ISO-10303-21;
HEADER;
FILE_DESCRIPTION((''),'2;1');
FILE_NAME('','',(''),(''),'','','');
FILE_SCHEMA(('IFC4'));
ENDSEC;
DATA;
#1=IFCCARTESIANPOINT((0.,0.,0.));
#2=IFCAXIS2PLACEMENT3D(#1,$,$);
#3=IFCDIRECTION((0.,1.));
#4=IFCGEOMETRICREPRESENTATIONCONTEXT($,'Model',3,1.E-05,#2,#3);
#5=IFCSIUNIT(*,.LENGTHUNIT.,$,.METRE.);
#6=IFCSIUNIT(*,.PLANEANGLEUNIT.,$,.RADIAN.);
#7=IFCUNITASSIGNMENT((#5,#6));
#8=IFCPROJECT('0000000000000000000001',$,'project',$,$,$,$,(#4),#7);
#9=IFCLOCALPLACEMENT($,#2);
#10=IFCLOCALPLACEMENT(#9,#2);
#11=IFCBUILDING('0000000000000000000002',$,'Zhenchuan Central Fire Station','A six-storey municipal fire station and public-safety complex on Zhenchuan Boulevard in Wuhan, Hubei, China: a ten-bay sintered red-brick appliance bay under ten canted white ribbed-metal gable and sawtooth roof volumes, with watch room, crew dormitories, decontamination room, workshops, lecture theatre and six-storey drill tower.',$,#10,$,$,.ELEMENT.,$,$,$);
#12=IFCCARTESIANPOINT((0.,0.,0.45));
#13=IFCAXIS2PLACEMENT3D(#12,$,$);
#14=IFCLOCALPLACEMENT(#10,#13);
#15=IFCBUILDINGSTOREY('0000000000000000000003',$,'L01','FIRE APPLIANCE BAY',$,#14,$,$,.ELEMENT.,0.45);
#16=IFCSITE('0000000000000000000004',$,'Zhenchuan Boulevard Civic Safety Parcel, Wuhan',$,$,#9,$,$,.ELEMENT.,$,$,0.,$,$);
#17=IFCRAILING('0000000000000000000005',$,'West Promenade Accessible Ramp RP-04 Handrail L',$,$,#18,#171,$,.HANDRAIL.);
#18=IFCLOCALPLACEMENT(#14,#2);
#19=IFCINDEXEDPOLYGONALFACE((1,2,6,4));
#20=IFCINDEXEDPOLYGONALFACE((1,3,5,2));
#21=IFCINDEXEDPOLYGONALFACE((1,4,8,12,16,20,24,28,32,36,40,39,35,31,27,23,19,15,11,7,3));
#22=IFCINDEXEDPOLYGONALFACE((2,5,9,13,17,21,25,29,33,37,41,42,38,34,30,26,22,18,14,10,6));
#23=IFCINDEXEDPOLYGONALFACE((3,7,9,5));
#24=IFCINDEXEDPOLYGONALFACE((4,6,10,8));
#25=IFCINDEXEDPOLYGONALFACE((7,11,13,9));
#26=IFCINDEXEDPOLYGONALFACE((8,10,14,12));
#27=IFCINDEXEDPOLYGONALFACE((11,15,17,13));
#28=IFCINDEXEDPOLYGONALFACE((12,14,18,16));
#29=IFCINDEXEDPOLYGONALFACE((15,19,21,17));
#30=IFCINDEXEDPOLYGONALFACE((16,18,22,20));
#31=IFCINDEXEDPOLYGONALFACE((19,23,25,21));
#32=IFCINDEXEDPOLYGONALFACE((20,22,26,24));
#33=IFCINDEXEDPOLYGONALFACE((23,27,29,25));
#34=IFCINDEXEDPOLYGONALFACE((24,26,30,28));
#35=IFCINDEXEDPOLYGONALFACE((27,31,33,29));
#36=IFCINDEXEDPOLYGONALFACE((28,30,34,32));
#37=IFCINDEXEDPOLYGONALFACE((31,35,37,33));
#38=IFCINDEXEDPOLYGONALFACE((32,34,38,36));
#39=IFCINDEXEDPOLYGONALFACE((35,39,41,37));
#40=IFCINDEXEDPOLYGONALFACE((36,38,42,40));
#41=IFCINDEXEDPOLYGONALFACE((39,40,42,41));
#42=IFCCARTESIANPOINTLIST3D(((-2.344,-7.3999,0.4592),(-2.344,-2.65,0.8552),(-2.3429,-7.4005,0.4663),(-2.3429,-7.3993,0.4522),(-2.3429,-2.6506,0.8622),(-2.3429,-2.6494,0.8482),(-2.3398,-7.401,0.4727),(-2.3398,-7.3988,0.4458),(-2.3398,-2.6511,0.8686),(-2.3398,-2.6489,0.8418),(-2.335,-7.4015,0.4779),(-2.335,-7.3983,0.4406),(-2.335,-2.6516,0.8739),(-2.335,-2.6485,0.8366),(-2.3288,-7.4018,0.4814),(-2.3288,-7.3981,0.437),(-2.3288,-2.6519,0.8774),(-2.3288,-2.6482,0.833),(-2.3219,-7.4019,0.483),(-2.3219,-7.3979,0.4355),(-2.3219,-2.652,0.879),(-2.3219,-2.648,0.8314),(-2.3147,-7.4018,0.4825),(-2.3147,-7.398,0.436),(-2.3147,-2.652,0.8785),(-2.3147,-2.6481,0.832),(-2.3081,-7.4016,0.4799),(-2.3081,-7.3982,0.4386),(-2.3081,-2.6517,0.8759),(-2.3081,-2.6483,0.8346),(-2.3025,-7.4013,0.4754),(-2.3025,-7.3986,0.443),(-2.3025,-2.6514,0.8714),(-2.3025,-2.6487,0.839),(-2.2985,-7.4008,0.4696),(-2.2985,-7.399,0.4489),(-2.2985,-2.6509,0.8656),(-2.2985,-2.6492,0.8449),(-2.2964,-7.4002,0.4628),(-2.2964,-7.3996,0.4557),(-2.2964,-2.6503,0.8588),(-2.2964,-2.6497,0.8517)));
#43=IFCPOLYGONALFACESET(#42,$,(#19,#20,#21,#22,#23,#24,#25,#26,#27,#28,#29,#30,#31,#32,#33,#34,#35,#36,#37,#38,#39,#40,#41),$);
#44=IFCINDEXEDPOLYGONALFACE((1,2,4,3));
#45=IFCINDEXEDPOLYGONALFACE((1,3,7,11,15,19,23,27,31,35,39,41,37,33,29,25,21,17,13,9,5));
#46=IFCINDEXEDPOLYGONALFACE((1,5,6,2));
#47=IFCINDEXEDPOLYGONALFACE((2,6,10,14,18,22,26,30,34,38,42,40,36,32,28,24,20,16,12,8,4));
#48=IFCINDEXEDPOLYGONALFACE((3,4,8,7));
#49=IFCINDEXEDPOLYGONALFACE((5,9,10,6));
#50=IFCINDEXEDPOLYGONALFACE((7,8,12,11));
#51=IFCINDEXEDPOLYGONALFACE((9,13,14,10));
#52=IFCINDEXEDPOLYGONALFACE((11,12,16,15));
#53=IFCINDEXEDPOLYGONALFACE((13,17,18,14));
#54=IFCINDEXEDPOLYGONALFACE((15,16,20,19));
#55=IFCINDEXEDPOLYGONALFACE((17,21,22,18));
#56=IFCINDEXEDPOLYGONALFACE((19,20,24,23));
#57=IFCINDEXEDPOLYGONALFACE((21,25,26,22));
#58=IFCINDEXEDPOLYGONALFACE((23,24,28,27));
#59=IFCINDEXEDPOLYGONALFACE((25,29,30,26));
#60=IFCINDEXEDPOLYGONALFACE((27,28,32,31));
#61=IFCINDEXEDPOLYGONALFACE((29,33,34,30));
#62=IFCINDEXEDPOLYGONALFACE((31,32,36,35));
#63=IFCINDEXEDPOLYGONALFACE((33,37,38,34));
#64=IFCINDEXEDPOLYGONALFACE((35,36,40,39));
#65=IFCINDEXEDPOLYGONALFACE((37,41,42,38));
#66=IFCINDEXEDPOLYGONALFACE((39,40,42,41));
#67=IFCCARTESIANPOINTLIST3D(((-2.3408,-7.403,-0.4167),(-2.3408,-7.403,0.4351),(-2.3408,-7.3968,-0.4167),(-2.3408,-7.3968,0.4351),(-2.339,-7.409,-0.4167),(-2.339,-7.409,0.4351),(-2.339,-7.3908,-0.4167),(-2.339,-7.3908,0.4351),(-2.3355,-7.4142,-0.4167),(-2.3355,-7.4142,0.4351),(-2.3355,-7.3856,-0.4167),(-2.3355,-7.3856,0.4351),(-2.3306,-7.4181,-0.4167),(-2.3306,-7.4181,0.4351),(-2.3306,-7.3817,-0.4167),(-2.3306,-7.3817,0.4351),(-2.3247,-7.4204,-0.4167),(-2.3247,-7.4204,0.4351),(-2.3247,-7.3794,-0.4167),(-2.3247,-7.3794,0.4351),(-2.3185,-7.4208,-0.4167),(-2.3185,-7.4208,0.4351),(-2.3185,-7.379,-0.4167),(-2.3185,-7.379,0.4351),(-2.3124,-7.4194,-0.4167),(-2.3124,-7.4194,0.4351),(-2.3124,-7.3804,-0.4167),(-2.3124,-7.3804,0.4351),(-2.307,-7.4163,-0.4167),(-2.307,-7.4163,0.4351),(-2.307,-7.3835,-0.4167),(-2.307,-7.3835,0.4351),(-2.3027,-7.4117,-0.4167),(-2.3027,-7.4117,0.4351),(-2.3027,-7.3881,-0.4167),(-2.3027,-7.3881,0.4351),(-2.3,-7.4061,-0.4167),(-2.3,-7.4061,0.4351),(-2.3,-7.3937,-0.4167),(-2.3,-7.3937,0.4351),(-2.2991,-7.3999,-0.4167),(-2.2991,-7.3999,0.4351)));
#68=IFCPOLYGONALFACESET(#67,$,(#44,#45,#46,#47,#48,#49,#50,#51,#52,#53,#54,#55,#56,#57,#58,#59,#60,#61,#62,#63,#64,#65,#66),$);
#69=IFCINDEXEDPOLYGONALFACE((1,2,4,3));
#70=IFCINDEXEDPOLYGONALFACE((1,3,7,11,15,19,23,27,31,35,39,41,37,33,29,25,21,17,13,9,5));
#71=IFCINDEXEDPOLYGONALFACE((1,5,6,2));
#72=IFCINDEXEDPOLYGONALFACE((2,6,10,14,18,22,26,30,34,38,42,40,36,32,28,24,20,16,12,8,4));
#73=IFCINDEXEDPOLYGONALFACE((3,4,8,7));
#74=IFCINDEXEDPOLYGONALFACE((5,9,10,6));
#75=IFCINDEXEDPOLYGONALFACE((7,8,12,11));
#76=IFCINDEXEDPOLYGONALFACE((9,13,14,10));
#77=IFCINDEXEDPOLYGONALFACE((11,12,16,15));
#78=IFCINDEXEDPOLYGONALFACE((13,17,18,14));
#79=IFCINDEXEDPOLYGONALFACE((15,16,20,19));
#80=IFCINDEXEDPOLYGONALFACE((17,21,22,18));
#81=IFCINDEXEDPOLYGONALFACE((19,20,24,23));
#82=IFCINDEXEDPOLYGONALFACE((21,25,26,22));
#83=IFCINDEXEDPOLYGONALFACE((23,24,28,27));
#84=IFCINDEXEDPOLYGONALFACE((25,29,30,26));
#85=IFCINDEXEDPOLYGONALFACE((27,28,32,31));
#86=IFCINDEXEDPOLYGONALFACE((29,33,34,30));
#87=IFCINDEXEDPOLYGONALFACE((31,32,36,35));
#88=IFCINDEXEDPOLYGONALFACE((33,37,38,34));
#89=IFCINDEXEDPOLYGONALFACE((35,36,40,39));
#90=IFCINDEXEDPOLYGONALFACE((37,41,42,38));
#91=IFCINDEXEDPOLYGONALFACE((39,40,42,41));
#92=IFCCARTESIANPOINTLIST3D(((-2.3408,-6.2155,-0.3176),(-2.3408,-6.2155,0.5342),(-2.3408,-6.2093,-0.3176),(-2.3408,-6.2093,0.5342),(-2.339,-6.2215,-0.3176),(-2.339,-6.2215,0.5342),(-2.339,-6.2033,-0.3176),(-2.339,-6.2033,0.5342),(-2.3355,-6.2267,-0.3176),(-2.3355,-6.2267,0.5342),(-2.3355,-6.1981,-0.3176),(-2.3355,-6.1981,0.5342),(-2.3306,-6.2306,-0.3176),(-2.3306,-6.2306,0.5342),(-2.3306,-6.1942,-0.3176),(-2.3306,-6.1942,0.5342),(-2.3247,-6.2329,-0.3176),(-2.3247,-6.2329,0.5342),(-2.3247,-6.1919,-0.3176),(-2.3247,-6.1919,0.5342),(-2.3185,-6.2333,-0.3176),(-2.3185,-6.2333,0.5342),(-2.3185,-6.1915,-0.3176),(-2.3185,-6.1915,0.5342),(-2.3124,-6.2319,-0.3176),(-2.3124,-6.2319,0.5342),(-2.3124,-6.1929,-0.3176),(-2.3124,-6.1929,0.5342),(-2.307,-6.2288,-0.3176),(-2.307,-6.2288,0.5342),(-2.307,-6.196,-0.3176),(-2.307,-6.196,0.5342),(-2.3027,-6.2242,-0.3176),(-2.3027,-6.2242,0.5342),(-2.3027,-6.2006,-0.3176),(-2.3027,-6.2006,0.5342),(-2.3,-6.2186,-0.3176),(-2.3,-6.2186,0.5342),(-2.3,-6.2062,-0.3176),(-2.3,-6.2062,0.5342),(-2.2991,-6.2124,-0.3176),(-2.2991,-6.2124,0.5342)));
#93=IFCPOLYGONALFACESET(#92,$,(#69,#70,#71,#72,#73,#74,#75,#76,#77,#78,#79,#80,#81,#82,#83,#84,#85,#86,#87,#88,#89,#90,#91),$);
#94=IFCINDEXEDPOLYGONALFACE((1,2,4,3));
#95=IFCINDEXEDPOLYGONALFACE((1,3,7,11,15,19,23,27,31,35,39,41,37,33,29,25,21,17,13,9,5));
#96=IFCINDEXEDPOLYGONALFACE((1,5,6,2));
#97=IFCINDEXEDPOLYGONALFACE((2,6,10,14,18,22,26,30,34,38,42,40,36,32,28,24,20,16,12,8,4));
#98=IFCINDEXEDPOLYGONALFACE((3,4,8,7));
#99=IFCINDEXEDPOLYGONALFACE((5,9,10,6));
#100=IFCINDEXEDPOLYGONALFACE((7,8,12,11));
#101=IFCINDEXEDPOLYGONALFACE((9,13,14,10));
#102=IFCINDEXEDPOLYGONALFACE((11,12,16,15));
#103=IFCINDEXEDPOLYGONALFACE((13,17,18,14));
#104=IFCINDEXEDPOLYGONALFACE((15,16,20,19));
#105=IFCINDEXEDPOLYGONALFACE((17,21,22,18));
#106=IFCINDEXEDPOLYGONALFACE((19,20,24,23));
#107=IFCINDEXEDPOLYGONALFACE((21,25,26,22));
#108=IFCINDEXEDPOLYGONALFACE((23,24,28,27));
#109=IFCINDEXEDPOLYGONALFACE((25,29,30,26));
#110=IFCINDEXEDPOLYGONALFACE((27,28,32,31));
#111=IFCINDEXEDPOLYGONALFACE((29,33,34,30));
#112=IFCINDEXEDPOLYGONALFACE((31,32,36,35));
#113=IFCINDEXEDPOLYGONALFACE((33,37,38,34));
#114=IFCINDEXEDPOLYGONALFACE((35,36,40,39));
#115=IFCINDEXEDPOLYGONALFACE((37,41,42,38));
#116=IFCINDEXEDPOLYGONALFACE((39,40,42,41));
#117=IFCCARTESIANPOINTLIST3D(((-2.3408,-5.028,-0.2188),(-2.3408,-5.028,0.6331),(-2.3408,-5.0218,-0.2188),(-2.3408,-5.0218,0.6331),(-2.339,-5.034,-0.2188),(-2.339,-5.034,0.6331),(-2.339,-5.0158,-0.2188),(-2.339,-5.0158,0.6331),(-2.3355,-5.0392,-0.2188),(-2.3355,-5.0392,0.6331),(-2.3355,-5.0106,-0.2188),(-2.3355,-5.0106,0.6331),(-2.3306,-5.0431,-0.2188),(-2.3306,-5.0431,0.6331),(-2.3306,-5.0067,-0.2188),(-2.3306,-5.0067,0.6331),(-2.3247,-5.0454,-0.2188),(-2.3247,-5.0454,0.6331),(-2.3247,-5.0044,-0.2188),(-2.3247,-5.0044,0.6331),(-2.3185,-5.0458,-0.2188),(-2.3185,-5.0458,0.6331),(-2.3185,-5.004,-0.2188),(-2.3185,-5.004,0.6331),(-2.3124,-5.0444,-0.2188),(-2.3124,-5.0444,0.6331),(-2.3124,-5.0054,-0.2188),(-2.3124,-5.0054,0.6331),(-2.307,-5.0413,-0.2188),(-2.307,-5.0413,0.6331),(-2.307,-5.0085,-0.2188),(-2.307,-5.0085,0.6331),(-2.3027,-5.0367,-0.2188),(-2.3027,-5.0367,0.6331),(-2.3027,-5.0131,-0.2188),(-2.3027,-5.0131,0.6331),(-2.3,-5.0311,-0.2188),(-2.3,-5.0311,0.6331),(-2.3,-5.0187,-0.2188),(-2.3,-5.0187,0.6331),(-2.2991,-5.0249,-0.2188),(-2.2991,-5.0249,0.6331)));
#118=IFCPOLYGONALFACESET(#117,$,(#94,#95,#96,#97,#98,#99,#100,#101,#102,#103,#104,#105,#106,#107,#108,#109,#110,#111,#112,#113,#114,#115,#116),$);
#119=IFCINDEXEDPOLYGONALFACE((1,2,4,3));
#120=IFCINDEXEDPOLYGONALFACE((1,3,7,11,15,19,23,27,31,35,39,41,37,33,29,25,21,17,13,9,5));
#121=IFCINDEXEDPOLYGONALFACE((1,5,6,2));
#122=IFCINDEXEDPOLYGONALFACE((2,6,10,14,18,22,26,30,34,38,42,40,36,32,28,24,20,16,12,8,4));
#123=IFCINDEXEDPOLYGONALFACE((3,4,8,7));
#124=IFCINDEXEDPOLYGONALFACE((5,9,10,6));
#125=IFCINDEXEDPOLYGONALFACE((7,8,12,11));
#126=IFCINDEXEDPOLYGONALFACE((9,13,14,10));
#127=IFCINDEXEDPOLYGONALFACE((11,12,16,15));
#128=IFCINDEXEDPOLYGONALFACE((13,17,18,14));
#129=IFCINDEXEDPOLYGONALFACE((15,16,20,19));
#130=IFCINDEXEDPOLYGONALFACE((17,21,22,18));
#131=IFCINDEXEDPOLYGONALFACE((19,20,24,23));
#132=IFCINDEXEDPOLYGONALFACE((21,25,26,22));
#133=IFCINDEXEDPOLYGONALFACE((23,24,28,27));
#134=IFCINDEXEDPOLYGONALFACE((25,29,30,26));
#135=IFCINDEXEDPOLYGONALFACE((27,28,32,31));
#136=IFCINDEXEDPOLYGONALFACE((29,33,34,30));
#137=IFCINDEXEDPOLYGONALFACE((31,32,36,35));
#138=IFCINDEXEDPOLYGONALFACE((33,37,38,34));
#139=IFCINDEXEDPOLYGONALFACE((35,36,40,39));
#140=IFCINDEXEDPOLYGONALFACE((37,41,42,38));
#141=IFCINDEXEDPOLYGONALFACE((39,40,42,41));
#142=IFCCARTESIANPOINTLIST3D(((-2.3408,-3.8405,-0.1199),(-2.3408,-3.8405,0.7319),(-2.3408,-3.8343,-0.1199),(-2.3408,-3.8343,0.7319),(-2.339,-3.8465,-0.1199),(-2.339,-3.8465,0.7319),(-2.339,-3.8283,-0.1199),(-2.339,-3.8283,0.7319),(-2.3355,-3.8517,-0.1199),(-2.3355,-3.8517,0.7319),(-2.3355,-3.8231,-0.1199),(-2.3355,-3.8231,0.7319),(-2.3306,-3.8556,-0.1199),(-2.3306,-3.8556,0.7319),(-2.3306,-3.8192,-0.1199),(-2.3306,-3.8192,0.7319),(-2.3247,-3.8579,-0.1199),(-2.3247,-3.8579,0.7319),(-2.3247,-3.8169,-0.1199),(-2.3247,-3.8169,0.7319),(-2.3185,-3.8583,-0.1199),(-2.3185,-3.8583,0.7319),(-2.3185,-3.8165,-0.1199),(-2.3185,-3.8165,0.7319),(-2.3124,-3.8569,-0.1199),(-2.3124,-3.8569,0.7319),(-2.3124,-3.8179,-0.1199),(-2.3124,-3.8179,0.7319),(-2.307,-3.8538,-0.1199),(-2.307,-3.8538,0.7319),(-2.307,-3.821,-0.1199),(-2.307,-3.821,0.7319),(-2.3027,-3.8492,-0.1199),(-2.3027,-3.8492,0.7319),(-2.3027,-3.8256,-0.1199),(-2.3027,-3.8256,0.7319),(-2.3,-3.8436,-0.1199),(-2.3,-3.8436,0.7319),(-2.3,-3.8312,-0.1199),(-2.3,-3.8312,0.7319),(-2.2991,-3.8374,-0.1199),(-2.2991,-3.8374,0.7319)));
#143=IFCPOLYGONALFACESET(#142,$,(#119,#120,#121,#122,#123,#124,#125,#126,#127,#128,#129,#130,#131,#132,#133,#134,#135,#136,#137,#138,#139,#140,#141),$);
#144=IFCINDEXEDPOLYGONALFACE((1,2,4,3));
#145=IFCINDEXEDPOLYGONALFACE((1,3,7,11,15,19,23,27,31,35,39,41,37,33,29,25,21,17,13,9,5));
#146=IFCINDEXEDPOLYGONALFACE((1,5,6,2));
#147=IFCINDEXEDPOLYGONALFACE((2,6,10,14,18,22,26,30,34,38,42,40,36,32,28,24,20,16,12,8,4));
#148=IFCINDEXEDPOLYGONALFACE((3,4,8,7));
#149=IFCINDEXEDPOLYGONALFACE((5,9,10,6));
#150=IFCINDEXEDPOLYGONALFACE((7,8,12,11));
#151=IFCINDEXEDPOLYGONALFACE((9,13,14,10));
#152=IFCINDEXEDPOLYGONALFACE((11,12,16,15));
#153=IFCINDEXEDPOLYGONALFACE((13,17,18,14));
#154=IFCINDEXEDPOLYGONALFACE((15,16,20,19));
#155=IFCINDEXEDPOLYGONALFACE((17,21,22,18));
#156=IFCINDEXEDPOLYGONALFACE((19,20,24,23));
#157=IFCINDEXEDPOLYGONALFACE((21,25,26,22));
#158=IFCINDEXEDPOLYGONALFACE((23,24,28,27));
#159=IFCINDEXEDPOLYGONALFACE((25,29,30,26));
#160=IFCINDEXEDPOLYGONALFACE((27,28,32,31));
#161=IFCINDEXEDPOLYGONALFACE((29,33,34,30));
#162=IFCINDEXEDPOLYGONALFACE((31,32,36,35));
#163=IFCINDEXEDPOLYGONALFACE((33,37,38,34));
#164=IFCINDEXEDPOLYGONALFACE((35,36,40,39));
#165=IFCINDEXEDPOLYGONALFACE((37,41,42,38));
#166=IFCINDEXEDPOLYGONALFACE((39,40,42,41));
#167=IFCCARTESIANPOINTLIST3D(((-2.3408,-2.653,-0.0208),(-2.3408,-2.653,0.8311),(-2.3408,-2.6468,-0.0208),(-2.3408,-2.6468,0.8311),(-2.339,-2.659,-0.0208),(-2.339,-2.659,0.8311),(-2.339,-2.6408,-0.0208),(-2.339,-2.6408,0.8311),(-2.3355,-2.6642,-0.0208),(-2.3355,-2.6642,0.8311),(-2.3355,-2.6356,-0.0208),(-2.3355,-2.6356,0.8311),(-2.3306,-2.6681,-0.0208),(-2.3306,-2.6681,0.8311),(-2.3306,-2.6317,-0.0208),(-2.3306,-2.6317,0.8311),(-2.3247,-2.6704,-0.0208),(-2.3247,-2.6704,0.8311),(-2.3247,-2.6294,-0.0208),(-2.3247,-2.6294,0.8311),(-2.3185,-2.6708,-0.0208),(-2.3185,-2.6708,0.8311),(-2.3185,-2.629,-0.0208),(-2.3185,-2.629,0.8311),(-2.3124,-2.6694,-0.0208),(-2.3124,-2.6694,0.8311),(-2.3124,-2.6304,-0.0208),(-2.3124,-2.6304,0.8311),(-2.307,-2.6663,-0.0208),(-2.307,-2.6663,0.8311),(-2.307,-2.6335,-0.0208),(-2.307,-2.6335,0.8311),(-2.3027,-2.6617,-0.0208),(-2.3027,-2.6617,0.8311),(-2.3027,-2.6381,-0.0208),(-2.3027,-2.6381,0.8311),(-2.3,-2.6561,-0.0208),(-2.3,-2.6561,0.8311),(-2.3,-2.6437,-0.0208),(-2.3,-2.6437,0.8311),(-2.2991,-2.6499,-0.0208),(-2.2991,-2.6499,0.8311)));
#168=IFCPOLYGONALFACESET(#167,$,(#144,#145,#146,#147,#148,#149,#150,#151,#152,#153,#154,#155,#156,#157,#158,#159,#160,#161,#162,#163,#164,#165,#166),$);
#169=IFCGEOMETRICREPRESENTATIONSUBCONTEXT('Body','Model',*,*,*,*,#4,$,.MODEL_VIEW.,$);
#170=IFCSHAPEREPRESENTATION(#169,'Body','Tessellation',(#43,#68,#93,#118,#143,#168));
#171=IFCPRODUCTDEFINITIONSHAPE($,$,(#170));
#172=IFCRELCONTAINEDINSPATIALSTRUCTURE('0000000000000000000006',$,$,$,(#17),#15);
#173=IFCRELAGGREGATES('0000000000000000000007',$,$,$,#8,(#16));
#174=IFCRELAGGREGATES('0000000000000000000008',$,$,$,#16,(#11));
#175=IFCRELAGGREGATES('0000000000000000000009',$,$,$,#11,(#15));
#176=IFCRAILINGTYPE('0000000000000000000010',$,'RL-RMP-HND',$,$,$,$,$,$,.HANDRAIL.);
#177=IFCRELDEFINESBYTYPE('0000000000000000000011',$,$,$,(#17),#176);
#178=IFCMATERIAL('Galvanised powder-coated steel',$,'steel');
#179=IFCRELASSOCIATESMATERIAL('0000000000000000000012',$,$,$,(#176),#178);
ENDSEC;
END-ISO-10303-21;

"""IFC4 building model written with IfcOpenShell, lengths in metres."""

from ifc_helpers import new_model, si_unit, direction, frame, origin, origin_2d, place, context, subcontext, project, spatial, circle, extrude, material, type_object, element, save


model = new_model("IFC4")

# Units and contexts
model_context = context("Model", 3, precision=1e-05, world=origin(), true_north=direction((0.0, 1.0)))
body_context = subcontext(model_context, "Body", "Model", "MODEL_VIEW")
ifc_project = project(units=[si_unit("LENGTHUNIT", "METRE"), si_unit("PLANEANGLEUNIT", "RADIAN")], contexts=[model_context])

# Site, building, storey
site_placement = place(None, origin())
site = spatial("IfcSite", under=ifc_project, at=site_placement, Name="Zhenchuan Boulevard Civic Safety Parcel, Wuhan", CompositionType="ELEMENT", RefElevation=0.0)
building_placement = place(site_placement, origin())
building = spatial("IfcBuilding", under=site, at=building_placement, Name="Zhenchuan Central Fire Station", Description="A six-storey municipal fire station and public-safety complex on Zhenchuan Boulevard in Wuhan, Hubei, China: a ten-bay sintered red-brick appliance bay under ten canted white ribbed-metal gable and sawtooth roof volumes, with watch room, crew dormitories, decontamination room, workshops, lecture theatre and six-storey drill tower.", CompositionType="ELEMENT")
storey_placement = place(building_placement, frame((0.0, 0.0, 0.45)))
storey = spatial("IfcBuildingStorey", under=building, at=storey_placement, Name="L01", Description="FIRE APPLIANCE BAY", CompositionType="ELEMENT", Elevation=0.45)

# Railing
ifc_material_1 = material(Name="Galvanised powder-coated steel", Category="steel")
railing_type = type_object("IfcRailingType", Name="RL-RMP-HND", PredefinedType="HANDRAIL", material=ifc_material_1)
for number, where, name in (
    (1, (-2.3201, -7.3999, -0.4167), "West Promenade Accessible Ramp RP-04 Handrail L"),
):
    element("IfcRailing", number, at=place(storey_placement, frame(where)), inside=storey, type_object=railing_type, Name=name, PredefinedType="HANDRAIL", context=body_context, shape_type="SweptSolid", body=[
        extrude(circle(Radius=0.0239, at=origin_2d()), frame((0.0, 0.0, 0.876), z_axis=(0.0, 0.996543, 0.083079), x_axis=(-1.0, 0.0, 0.0)), (0.0, 0.0, 1.0), 4.7664),
        extrude(circle(Radius=0.021, at=origin_2d()), origin(), (0.0, 0.0, 1.0), 0.8518),
        extrude(circle(Radius=0.021, at=origin_2d()), frame((0.0, 1.1875, 0.0991)), (0.0, 0.0, 1.0), 0.8518),
        extrude(circle(Radius=0.021, at=origin_2d()), frame((0.0, 2.375, 0.198)), (0.0, 0.0, 1.0), 0.8518),
        extrude(circle(Radius=0.021, at=origin_2d()), frame((0.0, 3.5625, 0.2969)), (0.0, 0.0, 1.0), 0.8518),
        extrude(circle(Radius=0.021, at=origin_2d()), frame((0.0, 4.75, 0.396)), (0.0, 0.0, 1.0), 0.8518),
    ])

save(model, "model.ifc")
